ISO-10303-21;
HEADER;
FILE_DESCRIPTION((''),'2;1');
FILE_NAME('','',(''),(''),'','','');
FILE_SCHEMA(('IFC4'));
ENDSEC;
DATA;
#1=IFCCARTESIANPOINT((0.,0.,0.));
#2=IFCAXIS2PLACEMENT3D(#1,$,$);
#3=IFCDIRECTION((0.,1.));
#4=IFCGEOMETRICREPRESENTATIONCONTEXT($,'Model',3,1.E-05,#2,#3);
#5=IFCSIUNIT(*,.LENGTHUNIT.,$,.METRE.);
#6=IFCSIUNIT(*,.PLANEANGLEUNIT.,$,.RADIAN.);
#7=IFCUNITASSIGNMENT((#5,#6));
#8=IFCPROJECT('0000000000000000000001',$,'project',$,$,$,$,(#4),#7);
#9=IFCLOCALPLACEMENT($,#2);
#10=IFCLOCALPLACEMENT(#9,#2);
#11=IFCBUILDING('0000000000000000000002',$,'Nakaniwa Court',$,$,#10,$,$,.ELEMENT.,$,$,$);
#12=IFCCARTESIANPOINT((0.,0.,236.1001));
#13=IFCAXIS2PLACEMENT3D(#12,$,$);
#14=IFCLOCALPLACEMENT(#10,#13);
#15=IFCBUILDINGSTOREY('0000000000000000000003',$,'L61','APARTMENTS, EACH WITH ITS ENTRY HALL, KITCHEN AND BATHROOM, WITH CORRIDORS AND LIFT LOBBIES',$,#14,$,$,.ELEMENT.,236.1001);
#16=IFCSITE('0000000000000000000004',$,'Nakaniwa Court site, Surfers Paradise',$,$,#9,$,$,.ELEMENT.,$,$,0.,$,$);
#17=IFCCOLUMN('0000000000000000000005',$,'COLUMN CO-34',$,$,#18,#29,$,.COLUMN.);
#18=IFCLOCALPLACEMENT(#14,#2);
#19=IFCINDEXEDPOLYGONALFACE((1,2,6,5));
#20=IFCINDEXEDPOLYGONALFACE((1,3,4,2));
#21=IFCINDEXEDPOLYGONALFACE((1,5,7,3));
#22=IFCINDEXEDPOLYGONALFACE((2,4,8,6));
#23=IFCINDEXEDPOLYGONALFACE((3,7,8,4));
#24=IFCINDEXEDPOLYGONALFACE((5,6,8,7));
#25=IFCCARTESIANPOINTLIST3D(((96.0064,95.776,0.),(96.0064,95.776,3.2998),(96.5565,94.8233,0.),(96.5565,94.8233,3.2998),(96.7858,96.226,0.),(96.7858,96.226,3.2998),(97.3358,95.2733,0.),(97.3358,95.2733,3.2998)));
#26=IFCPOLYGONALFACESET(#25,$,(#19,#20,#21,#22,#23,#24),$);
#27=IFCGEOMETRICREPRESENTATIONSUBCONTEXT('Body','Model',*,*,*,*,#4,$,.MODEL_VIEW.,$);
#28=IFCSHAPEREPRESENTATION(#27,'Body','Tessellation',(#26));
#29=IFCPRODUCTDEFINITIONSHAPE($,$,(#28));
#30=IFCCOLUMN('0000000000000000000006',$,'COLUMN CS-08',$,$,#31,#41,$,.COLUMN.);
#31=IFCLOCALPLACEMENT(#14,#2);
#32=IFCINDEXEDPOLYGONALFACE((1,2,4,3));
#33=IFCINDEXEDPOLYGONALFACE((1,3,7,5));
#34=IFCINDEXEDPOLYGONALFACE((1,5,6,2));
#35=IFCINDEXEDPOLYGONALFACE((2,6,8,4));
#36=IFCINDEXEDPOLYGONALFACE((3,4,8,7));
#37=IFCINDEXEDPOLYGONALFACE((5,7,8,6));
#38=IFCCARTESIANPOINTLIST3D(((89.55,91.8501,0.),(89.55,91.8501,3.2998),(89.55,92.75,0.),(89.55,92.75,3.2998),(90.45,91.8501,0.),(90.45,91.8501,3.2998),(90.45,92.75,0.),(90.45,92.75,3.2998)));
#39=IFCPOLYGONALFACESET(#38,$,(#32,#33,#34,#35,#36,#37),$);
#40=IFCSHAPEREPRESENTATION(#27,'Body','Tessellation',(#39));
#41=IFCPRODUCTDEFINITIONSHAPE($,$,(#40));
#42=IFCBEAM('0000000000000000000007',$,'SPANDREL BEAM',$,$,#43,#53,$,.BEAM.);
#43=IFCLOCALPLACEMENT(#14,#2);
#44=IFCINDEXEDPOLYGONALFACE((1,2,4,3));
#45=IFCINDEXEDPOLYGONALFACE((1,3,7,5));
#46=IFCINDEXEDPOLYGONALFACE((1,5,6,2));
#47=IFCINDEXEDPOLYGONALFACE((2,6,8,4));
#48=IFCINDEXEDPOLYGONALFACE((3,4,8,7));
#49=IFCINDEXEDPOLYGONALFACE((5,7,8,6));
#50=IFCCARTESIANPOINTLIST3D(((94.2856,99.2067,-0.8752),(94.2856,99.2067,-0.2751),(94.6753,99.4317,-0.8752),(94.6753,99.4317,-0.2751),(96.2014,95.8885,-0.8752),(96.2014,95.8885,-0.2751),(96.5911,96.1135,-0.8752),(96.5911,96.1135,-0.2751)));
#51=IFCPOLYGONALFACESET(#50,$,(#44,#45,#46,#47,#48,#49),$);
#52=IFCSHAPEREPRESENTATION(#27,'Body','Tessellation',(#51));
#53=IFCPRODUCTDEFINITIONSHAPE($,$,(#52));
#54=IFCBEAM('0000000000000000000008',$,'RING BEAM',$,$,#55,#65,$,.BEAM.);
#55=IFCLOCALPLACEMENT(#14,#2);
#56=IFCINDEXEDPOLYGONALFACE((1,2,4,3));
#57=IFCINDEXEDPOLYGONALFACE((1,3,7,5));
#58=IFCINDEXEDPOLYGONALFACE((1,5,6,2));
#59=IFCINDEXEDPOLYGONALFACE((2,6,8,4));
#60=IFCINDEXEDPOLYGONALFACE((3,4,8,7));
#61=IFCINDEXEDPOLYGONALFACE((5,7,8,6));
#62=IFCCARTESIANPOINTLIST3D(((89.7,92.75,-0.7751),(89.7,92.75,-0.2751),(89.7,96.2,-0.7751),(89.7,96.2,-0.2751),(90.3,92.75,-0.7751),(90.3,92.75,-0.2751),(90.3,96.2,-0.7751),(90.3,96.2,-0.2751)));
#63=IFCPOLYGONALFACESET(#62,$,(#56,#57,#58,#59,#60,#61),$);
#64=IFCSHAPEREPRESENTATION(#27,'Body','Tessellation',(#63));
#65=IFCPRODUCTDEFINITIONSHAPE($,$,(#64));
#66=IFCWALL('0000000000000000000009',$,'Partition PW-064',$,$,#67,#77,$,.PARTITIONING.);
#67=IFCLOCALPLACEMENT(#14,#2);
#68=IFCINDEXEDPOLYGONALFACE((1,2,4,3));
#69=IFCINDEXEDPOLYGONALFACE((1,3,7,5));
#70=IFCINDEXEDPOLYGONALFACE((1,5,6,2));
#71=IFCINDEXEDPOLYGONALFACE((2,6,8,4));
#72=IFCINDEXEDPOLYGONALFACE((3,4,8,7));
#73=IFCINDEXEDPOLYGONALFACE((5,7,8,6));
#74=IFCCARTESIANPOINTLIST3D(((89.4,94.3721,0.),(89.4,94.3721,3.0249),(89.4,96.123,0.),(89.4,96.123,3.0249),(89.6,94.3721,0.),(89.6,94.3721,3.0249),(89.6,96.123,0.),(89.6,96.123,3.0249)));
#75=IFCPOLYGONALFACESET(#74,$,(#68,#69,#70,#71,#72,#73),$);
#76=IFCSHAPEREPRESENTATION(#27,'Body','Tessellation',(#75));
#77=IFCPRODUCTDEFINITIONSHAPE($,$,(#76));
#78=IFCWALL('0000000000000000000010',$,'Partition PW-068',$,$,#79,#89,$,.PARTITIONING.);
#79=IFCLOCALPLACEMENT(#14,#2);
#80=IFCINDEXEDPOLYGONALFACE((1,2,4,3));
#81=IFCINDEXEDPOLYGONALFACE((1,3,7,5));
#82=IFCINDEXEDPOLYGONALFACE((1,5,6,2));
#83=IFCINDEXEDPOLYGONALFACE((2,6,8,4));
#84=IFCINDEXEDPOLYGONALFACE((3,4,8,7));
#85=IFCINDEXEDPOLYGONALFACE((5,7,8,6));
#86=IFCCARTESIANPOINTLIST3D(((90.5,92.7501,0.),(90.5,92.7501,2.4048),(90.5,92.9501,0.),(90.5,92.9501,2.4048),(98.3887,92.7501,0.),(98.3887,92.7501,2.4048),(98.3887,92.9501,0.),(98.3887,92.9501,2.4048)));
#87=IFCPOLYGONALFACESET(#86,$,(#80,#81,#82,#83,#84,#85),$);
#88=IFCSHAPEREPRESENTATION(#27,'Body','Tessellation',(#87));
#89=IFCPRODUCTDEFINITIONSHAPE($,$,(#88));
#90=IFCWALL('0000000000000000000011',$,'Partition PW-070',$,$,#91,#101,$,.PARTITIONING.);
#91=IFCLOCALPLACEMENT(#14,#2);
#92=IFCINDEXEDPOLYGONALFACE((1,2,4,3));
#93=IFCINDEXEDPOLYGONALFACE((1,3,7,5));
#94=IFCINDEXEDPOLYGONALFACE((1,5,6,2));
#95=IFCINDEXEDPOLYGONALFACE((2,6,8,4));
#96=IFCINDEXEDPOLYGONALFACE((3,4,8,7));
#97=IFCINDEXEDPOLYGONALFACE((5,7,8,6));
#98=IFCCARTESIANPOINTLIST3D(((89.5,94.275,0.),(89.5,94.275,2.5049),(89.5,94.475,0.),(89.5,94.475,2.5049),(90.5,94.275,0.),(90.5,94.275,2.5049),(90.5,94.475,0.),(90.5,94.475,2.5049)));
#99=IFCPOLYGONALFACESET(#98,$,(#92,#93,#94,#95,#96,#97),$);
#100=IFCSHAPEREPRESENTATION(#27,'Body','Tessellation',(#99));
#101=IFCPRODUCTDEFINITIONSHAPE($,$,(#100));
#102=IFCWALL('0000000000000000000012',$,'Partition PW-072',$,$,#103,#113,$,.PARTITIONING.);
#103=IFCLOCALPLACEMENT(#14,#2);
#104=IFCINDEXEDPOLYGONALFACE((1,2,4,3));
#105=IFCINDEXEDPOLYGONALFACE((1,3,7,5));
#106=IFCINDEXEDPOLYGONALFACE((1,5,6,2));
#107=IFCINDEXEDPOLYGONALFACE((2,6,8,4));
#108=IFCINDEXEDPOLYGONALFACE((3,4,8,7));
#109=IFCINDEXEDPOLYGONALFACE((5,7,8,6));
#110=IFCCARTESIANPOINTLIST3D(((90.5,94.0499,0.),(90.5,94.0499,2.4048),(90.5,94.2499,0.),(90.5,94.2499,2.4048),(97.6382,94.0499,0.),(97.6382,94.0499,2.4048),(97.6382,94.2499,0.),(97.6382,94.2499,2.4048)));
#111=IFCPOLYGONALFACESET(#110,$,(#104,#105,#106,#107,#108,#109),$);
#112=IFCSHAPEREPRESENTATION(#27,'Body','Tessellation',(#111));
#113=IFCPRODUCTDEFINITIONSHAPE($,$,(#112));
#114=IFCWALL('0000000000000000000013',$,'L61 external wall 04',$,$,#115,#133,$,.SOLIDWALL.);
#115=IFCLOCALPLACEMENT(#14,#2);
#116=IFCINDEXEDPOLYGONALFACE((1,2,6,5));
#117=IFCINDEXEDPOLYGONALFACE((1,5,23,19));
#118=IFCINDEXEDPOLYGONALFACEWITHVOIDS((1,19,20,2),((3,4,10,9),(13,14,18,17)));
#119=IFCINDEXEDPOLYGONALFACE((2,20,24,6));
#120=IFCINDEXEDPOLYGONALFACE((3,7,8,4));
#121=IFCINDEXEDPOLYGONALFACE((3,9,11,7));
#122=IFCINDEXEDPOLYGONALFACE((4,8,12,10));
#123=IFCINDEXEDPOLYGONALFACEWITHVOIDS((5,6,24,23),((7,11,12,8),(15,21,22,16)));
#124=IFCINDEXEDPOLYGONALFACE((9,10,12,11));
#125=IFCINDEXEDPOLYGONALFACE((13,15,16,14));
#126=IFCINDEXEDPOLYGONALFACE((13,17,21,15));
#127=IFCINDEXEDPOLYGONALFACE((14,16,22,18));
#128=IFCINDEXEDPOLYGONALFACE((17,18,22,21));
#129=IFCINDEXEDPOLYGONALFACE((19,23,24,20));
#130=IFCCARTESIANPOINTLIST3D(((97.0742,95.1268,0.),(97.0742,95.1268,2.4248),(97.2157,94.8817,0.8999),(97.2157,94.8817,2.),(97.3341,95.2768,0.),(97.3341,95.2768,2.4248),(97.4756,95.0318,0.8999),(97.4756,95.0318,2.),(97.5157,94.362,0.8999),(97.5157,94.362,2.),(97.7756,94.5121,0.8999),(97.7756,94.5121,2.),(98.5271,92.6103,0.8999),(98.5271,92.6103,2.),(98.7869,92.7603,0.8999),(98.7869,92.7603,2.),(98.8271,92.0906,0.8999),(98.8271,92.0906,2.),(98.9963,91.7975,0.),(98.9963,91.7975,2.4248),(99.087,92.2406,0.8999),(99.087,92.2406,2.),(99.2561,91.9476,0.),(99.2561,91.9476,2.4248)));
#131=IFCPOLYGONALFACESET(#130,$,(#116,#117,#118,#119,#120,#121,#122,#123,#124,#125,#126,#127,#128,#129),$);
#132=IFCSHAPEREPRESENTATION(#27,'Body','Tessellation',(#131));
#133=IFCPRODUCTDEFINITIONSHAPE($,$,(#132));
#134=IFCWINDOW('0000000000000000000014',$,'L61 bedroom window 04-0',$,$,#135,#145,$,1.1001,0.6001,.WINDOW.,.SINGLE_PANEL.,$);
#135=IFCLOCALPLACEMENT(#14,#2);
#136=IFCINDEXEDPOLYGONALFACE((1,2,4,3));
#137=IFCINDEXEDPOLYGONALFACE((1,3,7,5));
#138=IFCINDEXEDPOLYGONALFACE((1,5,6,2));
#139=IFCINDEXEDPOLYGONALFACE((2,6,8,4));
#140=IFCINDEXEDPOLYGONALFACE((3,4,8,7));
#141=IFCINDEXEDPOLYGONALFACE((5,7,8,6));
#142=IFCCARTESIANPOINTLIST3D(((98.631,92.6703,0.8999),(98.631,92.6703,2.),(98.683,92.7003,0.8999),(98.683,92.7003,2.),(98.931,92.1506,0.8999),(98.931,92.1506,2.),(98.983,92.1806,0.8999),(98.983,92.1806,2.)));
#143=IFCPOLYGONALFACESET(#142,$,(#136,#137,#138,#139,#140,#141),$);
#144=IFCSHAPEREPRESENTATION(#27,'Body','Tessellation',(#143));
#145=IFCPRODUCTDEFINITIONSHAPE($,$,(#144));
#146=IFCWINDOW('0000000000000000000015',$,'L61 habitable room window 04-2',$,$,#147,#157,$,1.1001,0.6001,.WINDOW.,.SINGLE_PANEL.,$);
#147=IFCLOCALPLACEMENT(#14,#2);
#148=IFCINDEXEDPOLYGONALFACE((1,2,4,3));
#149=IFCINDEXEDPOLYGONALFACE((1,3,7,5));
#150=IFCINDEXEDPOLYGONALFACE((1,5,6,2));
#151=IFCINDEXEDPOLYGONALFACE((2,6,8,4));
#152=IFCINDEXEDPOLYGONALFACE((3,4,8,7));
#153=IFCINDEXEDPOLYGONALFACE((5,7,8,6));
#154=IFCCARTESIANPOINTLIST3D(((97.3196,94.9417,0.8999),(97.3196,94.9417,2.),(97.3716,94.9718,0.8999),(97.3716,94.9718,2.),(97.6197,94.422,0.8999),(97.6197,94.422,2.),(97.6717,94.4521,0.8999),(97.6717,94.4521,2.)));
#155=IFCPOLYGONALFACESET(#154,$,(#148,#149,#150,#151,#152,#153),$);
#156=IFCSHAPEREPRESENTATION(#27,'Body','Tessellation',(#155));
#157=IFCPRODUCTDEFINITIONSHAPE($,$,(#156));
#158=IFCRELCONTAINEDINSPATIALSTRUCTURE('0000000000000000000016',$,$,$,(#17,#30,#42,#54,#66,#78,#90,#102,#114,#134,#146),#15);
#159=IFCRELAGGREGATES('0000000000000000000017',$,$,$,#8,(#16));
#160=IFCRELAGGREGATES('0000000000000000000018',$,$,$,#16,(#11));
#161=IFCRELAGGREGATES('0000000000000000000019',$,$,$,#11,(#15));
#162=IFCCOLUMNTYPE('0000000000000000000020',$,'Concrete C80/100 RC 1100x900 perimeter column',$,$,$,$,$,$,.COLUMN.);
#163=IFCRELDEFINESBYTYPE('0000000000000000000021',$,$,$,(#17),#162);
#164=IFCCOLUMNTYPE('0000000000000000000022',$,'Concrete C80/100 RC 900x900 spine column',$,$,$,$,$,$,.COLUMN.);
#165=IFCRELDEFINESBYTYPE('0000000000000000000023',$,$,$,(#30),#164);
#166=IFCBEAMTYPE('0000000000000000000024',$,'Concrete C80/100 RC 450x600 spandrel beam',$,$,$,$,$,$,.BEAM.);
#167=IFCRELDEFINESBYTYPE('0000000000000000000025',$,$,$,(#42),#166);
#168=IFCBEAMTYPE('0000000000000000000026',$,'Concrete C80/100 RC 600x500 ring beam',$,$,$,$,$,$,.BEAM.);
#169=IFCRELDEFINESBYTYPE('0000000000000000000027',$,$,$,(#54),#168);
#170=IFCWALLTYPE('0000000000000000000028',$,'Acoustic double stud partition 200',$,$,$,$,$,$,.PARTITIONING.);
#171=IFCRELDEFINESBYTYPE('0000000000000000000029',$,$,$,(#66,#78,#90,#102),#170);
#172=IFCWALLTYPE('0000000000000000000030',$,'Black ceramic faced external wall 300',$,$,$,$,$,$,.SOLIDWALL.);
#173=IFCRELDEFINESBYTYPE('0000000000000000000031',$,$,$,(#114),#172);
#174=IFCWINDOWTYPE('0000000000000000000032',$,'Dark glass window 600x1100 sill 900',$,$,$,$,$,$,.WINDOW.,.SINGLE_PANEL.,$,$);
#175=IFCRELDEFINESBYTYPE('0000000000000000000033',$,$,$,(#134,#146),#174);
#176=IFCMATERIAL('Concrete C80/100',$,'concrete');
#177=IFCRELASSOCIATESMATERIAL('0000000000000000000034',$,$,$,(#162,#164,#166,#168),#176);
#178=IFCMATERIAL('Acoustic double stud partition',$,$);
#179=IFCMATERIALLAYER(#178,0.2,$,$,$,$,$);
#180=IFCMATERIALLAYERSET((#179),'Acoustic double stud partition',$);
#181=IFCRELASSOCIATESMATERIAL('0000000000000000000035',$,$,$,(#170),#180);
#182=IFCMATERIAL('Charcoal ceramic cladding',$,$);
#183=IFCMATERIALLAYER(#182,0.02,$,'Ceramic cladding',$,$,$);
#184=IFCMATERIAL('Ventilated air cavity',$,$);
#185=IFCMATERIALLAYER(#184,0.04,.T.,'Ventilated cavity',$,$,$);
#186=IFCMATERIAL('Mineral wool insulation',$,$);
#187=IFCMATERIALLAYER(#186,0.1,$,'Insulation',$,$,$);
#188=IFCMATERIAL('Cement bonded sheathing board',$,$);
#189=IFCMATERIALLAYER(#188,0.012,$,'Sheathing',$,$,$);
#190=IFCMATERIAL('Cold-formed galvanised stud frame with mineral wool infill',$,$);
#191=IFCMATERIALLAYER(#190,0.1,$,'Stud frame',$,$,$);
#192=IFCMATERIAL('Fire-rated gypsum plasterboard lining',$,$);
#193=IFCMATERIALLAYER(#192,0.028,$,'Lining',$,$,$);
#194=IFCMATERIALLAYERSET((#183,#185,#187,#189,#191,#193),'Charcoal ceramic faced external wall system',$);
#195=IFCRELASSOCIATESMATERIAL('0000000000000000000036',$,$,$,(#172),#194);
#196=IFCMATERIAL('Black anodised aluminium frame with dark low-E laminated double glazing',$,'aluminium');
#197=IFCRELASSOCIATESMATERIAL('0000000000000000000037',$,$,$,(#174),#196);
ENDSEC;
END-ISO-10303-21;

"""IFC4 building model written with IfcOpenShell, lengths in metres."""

from ifc_helpers import new_model, si_unit, direction, frame, frame_2d, origin, origin_2d, place, context, subcontext, project, spatial, rectangle, extrude, material, layer, layer_set, material_profile, profile_set, type_object, element, fill, save


model = new_model("IFC4")

# Units and contexts
model_context = context("Model", 3, precision=1e-05, world=origin(), true_north=direction((0.0, 1.0)))
body_context = subcontext(model_context, "Body", "Model", "MODEL_VIEW")
ifc_project = project(units=[si_unit("LENGTHUNIT", "METRE"), si_unit("PLANEANGLEUNIT", "RADIAN")], contexts=[model_context])

# Site, building, storey
site_placement = place(None, origin())
site = spatial("IfcSite", under=ifc_project, at=site_placement, Name="Nakaniwa Court site, Surfers Paradise", CompositionType="ELEMENT", RefElevation=0.0)
building_placement = place(site_placement, origin())
building = spatial("IfcBuilding", under=site, at=building_placement, Name="Nakaniwa Court", CompositionType="ELEMENT")
storey_placement = place(building_placement, frame((0.0, 0.0, 236.1001)))
storey = spatial("IfcBuildingStorey", under=building, at=storey_placement, Name="L61", Description="APARTMENTS, EACH WITH ITS ENTRY HALL, KITCHEN AND BATHROOM, WITH CORRIDORS AND LIFT LOBBIES", CompositionType="ELEMENT", Elevation=236.1001)

# Columns
ifc_material_1 = material(Name="Concrete C80/100", Category="concrete")
ifc_material_profile_1 = material_profile(ifc_material_1, rectangle(XDim=1.1001, YDim=0.8999, at=origin_2d()), Name="Concrete C80/100 RC 1100x900 perimeter column")
ifc_profile_set_1 = profile_set([ifc_material_profile_1], Name="Concrete C80/100")
column_type_1 = type_object("IfcColumnType", Name="Concrete C80/100 RC 1100x900 perimeter column", PredefinedType="COLUMN", material=ifc_profile_set_1)
column_1_placement = place(storey_placement, frame((96.6711, 95.5247, 0.0), z_axis=(0.0, 0.0, 1.0), x_axis=(-0.5, 0.866025, 0.0)))
element("IfcColumn", 1, at=column_1_placement, inside=storey, type_object=column_type_1, Name="COLUMN CO-34", PredefinedType="COLUMN", context=body_context, shape_type="SweptSolid", body=[
    extrude(rectangle(XDim=1.1001, YDim=0.8999, at=origin_2d()), origin(), (0.0, 0.0, 1.0), 3.2998),
])
ifc_material_profile_2 = material_profile(ifc_material_1, rectangle(XDim=0.8999, YDim=0.8999, at=origin_2d()), Name="Concrete C80/100 RC 900x900 spine column")
ifc_profile_set_2 = profile_set([ifc_material_profile_2], Name="Concrete C80/100")
column_type_2 = type_object("IfcColumnType", Name="Concrete C80/100 RC 900x900 spine column", PredefinedType="COLUMN", material=ifc_profile_set_2)
column_2_placement = place(storey_placement, frame((90.0, 92.3, 0.0), z_axis=(0.0, 0.0, 1.0), x_axis=(0.0, 1.0, 0.0)))
element("IfcColumn", 2, at=column_2_placement, inside=storey, type_object=column_type_2, Name="COLUMN CS-08", PredefinedType="COLUMN", context=body_context, shape_type="SweptSolid", body=[
    extrude(rectangle(XDim=0.8999, YDim=0.8999, at=origin_2d()), origin(), (0.0, 0.0, 1.0), 3.2998),
])

# Beams
ifc_material_profile_3 = material_profile(ifc_material_1, rectangle(XDim=0.45, YDim=0.6001, at=origin_2d()), Name="Concrete C80/100 RC 450x600 spandrel beam")
ifc_profile_set_3 = profile_set([ifc_material_profile_3], Name="Concrete C80/100")
beam_type_1 = type_object("IfcBeamType", Name="Concrete C80/100 RC 450x600 spandrel beam", PredefinedType="BEAM", material=ifc_profile_set_3)
beam_1_placement = place(storey_placement, frame((96.3962, 96.001, -0.5752), z_axis=(-0.500011, 0.866019, 0.0), x_axis=(-0.866019, -0.500011, 0.0)))
element("IfcBeam", 3, at=beam_1_placement, inside=storey, type_object=beam_type_1, Name="SPANDREL BEAM", PredefinedType="BEAM", context=body_context, shape_type="SweptSolid", body=[
    extrude(rectangle(XDim=0.45, YDim=0.6001, at=origin_2d()), origin(), (0.0, 0.0, 1.0), 3.8315),
])
ifc_material_profile_4 = material_profile(ifc_material_1, rectangle(XDim=0.6001, YDim=0.5, at=origin_2d()), Name="Concrete C80/100 RC 600x500 ring beam")
ifc_profile_set_4 = profile_set([ifc_material_profile_4], Name="Concrete C80/100")
beam_type_2 = type_object("IfcBeamType", Name="Concrete C80/100 RC 600x500 ring beam", PredefinedType="BEAM", material=ifc_profile_set_4)
beam_2_placement = place(storey_placement, frame((90.0, 92.75, -0.5251), z_axis=(0.0, 1.0, 0.0), x_axis=(-1.0, 0.0, 0.0)))
element("IfcBeam", 4, at=beam_2_placement, inside=storey, type_object=beam_type_2, Name="RING BEAM", PredefinedType="BEAM", context=body_context, shape_type="SweptSolid", body=[
    extrude(rectangle(XDim=0.6001, YDim=0.5, at=origin_2d()), origin(), (0.0, 0.0, 1.0), 3.45),
])

# Walls
ifc_material_2 = material(Name="Acoustic double stud partition")
ifc_layer_1 = layer(ifc_material_2, 0.2)
ifc_layer_set_1 = layer_set([ifc_layer_1], Name="Acoustic double stud partition")
wall_type_1 = type_object("IfcWallType", Name="Acoustic double stud partition 200", PredefinedType="PARTITIONING", material=ifc_layer_set_1)
wall_1_placement = place(storey_placement, frame((89.5, 94.3721, 0.0), z_axis=(0.0, 0.0, 1.0), x_axis=(0.0, 1.0, 0.0)))
element("IfcWall", 5, at=wall_1_placement, inside=storey, type_object=wall_type_1, Name="Partition PW-064", PredefinedType="PARTITIONING", context=body_context, shape_type="SweptSolid", body=[
    extrude(rectangle(XDim=1.751, YDim=0.2, at=frame_2d((0.8755, 0.0))), origin(), (0.0, 0.0, 1.0), 3.0249),
])
wall_2_placement = place(storey_placement, frame((90.5, 92.8501, 0.0), z_axis=(0.0, 0.0, 1.0), x_axis=(1.0, 0.0, 0.0)))
element("IfcWall", 6, at=wall_2_placement, inside=storey, type_object=wall_type_1, Name="Partition PW-068", PredefinedType="PARTITIONING", context=body_context, shape_type="SweptSolid", body=[
    extrude(rectangle(XDim=7.8887, YDim=0.2, at=frame_2d((3.9443, 0.0))), origin(), (0.0, 0.0, 1.0), 2.4048),
])
wall_3_placement = place(storey_placement, frame((89.5, 94.375, 0.0), z_axis=(0.0, 0.0, 1.0), x_axis=(1.0, 0.0, 0.0)))
element("IfcWall", 7, at=wall_3_placement, inside=storey, type_object=wall_type_1, Name="Partition PW-070", PredefinedType="PARTITIONING", context=body_context, shape_type="SweptSolid", body=[
    extrude(rectangle(XDim=1.0, YDim=0.2, at=frame_2d((0.5, 0.0))), origin(), (0.0, 0.0, 1.0), 2.5049),
])
wall_4_placement = place(storey_placement, frame((90.5, 94.1499, 0.0), z_axis=(0.0, 0.0, 1.0), x_axis=(1.0, 0.0, 0.0)))
element("IfcWall", 8, at=wall_4_placement, inside=storey, type_object=wall_type_1, Name="Partition PW-072", PredefinedType="PARTITIONING", context=body_context, shape_type="SweptSolid", body=[
    extrude(rectangle(XDim=7.1382, YDim=0.2, at=frame_2d((3.5691, 0.0))), origin(), (0.0, 0.0, 1.0), 2.4048),
])

# Wall, openings, windows
ifc_material_3 = material(Name="Charcoal ceramic cladding")
ifc_layer_2 = layer(ifc_material_3, 0.02, Name="Ceramic cladding")
ifc_material_4 = material(Name="Ventilated air cavity")
ifc_layer_3 = layer(ifc_material_4, 0.04, ventilated=True, Name="Ventilated cavity")
ifc_material_5 = material(Name="Mineral wool insulation")
ifc_layer_4 = layer(ifc_material_5, 0.1, Name="Insulation")
ifc_material_6 = material(Name="Cement bonded sheathing board")
ifc_layer_5 = layer(ifc_material_6, 0.012, Name="Sheathing")
ifc_material_7 = material(Name="Cold-formed galvanised stud frame with mineral wool infill")
ifc_layer_6 = layer(ifc_material_7, 0.1, Name="Stud frame")
ifc_material_8 = material(Name="Fire-rated gypsum plasterboard lining")
ifc_layer_7 = layer(ifc_material_8, 0.028, Name="Lining")
ifc_layer_set_2 = layer_set([ifc_layer_2, ifc_layer_3, ifc_layer_4, ifc_layer_5, ifc_layer_6, ifc_layer_7], Name="Charcoal ceramic faced external wall system")
wall_type_2 = type_object("IfcWallType", Name="Black ceramic faced external wall 300", PredefinedType="SOLIDWALL", material=ifc_layer_set_2)
wall_5_placement = place(storey_placement, frame((99.1262, 91.8726, 0.0), z_axis=(0.0, 0.0, 1.0), x_axis=(-0.499984, 0.866034, 0.0)))
wall_5 = element("IfcWall", 9, at=wall_5_placement, inside=storey, type_object=wall_type_2, Name="L61 external wall 04", PredefinedType="SOLIDWALL", context=body_context, shape_type="SweptSolid", body=[
    extrude(rectangle(XDim=3.8442, YDim=0.3, at=frame_2d((1.9221, 0.0))), origin(), (0.0, 0.0, 1.0), 2.4248),
])
opening_1_placement = place(wall_5_placement, frame((0.3384, 0.0, 0.8999)))
opening_1 = element("IfcOpeningElement", 10, at=opening_1_placement, cuts=wall_5, PredefinedType="OPENING", context=body_context, shape_type="SweptSolid", body=[
    extrude(rectangle(XDim=0.6001, YDim=1.1001, at=frame_2d((0.3, 0.55))), frame((0.0, 0.1599, 0.0), z_axis=(0.0, -1.0, 0.0), x_axis=(1.0, 0.0, 0.0)), (0.0, 0.0, 1.0), 0.3201),
])
opening_2_placement = place(wall_5_placement, frame((2.9612, 0.0, 0.8999)))
opening_2 = element("IfcOpeningElement", 11, at=opening_2_placement, cuts=wall_5, PredefinedType="OPENING", context=body_context, shape_type="SweptSolid", body=[
    extrude(rectangle(XDim=0.6001, YDim=1.1001, at=frame_2d((0.3, 0.55))), frame((0.0, 0.1599, 0.0), z_axis=(0.0, -1.0, 0.0), x_axis=(1.0, 0.0, 0.0)), (0.0, 0.0, 1.0), 0.3201),
])
ifc_material_9 = material(Name="Black anodised aluminium frame with dark low-E laminated double glazing", Category="aluminium")
window_type_1 = type_object("IfcWindowType", Name="Dark glass window 600x1100 sill 900", PartitioningType="SINGLE_PANEL", PredefinedType="WINDOW", material=ifc_material_9)
window_1_placement = place(opening_1_placement, origin())
window_1 = element("IfcWindow", 12, at=window_1_placement, inside=storey, type_object=window_type_1, Name="L61 bedroom window 04-0", OverallHeight=1.1001, OverallWidth=0.6001, PartitioningType="SINGLE_PANEL", PredefinedType="WINDOW", context=body_context, shape_type="SweptSolid", body=[
    extrude(rectangle(XDim=0.6001, YDim=1.1001, at=frame_2d((0.3, 0.55))), frame((0.0, 0.03, 0.0), z_axis=(0.0, -1.0, 0.0), x_axis=(1.0, 0.0, 0.0)), (0.0, 0.0, 1.0), 0.0601),
])
fill(opening_1, window_1)
window_2_placement = place(opening_2_placement, origin())
window_2 = element("IfcWindow", 13, at=window_2_placement, inside=storey, type_object=window_type_1, Name="L61 habitable room window 04-2", OverallHeight=1.1001, OverallWidth=0.6001, PartitioningType="SINGLE_PANEL", PredefinedType="WINDOW", context=body_context, shape_type="SweptSolid", body=[
    extrude(rectangle(XDim=0.6001, YDim=1.1001, at=frame_2d((0.3, 0.55))), frame((0.0, 0.03, 0.0), z_axis=(0.0, -1.0, 0.0), x_axis=(1.0, 0.0, 0.0)), (0.0, 0.0, 1.0), 0.0601),
])
fill(opening_2, window_2)

save(model, "model.ifc")
